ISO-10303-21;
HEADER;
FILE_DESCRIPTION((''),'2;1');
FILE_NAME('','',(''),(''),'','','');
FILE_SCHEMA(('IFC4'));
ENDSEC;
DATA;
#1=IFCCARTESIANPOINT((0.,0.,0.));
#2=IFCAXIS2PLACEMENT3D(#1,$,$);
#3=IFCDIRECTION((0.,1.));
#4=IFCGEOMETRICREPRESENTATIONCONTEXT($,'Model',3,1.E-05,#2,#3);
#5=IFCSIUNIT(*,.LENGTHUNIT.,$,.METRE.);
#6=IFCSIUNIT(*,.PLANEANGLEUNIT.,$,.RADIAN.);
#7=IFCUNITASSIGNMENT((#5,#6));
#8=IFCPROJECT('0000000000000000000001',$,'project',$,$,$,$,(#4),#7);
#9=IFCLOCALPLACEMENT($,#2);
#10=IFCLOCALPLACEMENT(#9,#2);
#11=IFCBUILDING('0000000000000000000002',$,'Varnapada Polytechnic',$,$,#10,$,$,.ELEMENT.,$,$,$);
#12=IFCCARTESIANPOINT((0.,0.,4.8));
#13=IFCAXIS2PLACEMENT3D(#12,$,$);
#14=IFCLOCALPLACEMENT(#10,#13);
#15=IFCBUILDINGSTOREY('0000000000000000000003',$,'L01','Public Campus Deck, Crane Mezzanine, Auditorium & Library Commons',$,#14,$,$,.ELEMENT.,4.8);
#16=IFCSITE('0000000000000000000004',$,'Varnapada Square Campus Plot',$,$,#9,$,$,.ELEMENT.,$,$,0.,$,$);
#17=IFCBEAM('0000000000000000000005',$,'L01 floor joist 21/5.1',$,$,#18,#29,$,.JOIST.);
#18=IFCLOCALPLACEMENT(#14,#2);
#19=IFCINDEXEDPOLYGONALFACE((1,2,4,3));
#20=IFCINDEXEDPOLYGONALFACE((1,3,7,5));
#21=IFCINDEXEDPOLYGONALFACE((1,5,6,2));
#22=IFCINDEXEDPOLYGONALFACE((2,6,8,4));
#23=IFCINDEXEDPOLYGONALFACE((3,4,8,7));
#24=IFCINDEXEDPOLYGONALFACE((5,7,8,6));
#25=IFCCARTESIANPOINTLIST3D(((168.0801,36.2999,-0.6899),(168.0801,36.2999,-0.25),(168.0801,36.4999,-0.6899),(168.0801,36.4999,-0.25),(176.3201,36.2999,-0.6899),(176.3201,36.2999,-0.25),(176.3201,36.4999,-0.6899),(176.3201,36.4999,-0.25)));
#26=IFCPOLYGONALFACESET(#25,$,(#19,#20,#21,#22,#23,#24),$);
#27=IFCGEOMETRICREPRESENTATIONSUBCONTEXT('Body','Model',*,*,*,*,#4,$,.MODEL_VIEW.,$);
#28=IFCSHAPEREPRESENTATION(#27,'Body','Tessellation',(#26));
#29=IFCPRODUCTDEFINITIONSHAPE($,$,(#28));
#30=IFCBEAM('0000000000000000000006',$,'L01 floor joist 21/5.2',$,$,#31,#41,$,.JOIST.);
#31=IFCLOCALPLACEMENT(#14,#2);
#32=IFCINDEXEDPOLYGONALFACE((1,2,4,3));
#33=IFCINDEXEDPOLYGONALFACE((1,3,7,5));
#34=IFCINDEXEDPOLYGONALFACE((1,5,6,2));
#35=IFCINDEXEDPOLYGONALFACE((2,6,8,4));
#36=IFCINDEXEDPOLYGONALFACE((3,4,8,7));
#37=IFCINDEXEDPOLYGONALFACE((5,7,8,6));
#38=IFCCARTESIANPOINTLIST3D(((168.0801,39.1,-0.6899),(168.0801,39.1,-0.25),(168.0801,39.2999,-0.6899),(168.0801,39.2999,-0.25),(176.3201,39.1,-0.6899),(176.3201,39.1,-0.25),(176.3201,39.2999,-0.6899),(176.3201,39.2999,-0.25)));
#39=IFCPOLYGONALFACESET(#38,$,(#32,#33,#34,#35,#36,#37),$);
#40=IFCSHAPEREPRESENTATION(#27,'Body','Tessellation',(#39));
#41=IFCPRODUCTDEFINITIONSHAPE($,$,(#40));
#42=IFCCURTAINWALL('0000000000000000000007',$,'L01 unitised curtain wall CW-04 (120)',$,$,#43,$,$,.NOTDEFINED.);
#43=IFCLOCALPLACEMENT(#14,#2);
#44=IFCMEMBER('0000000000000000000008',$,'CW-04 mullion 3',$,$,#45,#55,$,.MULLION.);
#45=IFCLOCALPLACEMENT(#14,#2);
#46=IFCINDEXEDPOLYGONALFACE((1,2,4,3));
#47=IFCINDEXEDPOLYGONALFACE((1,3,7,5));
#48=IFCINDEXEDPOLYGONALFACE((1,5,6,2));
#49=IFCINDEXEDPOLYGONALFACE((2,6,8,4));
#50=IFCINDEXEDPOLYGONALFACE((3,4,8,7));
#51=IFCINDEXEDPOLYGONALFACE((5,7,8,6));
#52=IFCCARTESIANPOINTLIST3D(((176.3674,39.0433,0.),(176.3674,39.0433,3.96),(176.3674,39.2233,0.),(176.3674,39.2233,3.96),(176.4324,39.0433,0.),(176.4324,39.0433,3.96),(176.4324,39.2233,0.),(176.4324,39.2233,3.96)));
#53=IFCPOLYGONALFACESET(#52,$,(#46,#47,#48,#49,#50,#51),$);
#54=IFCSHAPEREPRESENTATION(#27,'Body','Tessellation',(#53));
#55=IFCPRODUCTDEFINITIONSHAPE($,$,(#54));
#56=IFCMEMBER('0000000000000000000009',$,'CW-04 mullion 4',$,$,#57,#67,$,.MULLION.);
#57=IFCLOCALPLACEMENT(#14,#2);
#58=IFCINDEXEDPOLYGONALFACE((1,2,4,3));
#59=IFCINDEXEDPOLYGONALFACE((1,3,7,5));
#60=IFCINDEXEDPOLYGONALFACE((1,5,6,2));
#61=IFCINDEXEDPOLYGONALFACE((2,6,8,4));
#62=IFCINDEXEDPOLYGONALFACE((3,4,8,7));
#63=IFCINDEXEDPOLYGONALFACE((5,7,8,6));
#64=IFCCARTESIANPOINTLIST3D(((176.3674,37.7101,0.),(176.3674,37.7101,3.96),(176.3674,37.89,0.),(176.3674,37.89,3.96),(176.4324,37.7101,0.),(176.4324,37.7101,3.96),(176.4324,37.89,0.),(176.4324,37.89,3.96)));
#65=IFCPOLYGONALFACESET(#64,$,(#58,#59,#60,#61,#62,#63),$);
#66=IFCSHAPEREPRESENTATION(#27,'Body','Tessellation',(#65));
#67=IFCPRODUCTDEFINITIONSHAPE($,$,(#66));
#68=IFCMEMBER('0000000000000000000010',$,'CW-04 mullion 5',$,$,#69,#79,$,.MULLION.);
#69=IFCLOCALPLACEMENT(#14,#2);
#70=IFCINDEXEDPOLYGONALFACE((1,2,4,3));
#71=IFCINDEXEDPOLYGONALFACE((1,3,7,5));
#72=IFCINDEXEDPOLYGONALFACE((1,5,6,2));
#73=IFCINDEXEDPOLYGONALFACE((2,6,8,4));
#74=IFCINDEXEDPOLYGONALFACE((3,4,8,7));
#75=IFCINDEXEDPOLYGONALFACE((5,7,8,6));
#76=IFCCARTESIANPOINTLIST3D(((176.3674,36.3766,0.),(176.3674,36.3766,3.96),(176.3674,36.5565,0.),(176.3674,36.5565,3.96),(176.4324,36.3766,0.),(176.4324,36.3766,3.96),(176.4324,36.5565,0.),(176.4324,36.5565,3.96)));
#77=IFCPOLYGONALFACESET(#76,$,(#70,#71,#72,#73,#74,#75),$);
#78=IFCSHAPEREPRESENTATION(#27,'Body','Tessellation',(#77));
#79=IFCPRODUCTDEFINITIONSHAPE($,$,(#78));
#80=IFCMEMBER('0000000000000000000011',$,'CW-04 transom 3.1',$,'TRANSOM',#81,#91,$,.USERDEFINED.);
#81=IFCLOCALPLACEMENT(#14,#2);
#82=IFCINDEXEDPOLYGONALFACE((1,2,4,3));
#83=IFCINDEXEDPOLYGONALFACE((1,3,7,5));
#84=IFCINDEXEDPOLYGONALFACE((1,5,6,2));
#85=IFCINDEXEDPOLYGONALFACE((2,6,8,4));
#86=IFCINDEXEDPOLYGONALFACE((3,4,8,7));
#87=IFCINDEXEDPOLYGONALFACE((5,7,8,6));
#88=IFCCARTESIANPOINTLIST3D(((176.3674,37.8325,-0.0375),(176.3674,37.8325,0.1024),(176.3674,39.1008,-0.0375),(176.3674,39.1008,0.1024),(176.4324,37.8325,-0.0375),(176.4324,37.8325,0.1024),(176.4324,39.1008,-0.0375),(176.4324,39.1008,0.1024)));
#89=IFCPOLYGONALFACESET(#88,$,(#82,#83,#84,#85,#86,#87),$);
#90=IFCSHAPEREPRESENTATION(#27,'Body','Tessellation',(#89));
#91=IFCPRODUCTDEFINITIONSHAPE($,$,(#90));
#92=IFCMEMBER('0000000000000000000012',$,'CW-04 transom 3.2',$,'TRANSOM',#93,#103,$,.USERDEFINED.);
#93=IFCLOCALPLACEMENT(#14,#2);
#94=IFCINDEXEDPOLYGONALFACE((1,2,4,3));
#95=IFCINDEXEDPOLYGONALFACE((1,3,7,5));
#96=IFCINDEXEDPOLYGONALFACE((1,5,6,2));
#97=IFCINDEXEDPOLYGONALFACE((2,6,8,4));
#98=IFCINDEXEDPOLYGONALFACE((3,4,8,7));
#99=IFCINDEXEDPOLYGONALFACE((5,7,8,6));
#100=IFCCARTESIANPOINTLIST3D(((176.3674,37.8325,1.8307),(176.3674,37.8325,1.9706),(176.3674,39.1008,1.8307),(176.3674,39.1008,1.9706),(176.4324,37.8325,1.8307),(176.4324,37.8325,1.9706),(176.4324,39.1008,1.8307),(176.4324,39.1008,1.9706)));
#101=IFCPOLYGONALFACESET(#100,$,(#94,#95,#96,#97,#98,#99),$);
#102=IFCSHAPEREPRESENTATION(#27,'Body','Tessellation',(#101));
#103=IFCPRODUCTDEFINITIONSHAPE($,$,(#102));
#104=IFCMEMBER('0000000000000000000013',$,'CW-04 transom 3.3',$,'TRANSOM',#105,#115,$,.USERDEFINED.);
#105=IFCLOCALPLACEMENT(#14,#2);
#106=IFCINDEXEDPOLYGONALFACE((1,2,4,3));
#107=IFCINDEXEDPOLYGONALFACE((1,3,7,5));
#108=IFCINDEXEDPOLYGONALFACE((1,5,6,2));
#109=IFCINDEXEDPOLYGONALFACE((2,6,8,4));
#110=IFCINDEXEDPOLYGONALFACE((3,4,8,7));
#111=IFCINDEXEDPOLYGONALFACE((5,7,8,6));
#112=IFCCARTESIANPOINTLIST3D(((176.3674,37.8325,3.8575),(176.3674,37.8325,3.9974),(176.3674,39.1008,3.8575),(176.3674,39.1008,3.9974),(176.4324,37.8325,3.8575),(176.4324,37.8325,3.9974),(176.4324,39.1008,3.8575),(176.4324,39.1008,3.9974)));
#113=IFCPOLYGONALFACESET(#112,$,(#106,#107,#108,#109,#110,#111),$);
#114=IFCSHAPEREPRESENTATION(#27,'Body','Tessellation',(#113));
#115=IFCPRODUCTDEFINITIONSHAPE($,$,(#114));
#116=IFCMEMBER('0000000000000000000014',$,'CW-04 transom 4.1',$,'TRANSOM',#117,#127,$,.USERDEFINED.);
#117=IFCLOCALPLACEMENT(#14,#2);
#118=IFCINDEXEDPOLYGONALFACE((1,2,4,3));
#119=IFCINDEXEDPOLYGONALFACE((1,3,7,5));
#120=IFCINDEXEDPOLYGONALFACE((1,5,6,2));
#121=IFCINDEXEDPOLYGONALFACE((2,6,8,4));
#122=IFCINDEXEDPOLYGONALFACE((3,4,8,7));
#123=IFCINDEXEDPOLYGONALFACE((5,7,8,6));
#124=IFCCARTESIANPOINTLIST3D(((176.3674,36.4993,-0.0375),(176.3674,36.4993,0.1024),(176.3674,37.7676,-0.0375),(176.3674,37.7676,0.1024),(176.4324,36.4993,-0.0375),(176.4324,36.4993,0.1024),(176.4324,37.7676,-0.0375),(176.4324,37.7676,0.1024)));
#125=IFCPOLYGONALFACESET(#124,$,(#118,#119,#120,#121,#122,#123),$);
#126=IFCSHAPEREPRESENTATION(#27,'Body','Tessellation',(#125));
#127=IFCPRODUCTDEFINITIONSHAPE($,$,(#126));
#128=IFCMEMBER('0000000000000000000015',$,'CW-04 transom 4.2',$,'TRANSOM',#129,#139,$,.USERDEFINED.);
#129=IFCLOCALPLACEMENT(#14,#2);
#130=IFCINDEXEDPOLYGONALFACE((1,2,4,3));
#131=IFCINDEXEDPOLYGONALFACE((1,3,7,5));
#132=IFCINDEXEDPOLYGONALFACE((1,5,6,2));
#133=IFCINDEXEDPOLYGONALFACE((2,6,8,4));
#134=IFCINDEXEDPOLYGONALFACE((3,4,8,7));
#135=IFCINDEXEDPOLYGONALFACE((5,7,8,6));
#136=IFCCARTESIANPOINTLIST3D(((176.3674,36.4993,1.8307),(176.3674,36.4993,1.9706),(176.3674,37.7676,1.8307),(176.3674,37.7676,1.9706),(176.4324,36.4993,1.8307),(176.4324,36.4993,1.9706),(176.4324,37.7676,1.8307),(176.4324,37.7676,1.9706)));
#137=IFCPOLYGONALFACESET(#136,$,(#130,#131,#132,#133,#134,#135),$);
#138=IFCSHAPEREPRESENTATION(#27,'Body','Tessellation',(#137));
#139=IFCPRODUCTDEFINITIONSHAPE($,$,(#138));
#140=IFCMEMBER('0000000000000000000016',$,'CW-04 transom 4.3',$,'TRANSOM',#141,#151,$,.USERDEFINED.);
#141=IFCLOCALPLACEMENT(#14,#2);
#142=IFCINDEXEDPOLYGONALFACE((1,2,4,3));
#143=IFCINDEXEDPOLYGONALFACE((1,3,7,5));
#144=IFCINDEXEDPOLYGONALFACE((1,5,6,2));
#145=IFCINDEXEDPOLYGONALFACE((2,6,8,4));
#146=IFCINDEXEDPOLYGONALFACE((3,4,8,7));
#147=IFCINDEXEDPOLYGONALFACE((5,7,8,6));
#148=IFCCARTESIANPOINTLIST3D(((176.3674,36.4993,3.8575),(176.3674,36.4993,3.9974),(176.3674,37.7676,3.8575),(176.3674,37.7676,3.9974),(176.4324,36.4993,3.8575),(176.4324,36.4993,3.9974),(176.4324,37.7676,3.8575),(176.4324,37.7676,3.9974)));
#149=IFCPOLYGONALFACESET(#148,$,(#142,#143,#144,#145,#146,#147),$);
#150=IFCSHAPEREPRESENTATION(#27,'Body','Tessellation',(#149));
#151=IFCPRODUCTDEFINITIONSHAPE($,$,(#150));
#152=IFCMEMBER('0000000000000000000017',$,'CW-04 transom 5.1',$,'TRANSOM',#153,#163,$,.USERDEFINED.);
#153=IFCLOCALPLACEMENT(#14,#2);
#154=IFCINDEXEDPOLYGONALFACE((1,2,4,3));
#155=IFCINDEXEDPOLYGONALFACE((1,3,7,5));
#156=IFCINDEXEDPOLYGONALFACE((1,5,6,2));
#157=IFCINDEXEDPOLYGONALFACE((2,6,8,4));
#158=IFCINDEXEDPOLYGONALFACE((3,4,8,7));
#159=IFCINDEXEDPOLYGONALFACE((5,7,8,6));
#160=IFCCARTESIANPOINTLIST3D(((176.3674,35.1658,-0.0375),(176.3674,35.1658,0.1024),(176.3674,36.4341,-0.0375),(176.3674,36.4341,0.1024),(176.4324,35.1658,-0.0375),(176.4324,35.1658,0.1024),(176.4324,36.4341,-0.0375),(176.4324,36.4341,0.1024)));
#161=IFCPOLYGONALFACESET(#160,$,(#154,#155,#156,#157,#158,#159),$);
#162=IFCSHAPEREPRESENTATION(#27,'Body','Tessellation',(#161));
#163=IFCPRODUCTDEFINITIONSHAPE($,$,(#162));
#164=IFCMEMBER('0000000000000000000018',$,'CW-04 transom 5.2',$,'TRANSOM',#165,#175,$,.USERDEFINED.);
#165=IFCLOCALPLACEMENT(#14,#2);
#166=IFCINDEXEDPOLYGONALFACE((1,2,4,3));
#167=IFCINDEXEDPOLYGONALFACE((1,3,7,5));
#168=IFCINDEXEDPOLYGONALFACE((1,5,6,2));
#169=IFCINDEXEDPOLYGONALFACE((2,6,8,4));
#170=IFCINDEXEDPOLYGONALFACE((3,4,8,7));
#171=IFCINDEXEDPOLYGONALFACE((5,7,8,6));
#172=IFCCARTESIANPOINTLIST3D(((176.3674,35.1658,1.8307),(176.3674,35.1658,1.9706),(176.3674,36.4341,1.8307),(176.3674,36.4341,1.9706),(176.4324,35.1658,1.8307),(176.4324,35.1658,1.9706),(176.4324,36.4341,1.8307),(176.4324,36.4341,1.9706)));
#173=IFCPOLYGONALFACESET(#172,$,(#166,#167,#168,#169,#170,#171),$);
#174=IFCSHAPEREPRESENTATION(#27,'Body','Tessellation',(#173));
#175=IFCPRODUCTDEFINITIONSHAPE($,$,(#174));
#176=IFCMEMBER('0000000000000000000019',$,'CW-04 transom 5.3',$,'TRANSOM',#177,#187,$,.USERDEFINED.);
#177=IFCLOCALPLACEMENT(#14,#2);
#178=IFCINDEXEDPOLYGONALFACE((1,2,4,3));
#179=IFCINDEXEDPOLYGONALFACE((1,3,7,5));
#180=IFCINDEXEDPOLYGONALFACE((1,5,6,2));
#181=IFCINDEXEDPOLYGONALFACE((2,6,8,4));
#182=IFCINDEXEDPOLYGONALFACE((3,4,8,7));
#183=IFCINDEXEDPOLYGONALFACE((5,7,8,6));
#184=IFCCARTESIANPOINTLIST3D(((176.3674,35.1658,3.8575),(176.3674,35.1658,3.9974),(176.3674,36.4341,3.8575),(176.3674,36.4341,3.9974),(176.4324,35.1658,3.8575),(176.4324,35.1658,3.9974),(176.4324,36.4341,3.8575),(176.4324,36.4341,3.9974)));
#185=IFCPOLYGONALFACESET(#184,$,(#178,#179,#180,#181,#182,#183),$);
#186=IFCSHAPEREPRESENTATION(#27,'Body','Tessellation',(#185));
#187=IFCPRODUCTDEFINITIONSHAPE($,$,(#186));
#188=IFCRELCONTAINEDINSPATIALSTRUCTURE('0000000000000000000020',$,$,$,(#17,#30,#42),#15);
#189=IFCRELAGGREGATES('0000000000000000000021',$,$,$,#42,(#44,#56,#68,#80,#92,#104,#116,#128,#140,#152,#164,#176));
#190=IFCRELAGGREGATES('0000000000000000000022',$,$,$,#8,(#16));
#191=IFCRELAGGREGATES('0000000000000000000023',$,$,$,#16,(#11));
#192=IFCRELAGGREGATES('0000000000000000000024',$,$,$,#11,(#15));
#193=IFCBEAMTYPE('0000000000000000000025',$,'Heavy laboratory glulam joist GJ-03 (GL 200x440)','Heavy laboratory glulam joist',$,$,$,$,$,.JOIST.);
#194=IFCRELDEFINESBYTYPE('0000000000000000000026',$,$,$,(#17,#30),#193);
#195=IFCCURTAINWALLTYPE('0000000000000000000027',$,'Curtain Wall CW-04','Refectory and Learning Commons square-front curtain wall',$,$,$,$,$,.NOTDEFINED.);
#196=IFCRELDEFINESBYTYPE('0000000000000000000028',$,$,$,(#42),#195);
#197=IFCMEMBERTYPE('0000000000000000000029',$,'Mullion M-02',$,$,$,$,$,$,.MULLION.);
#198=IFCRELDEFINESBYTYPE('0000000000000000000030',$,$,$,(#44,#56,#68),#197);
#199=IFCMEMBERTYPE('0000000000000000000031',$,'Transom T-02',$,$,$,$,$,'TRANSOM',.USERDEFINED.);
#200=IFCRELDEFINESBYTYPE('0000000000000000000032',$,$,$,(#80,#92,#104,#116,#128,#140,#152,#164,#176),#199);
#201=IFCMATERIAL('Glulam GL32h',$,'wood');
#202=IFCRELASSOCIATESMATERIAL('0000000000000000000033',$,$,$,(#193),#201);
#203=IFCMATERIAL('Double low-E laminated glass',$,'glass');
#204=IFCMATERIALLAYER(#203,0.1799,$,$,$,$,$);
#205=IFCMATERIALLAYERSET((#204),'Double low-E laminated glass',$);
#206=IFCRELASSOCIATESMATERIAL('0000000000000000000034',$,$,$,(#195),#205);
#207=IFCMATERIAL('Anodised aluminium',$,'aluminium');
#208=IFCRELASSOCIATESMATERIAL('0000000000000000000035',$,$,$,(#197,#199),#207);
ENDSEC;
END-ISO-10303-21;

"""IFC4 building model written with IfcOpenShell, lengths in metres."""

from ifc_helpers import new_model, si_unit, direction, frame, origin, origin_2d, place, context, subcontext, project, spatial, rectangle, extrude, material, layer, layer_set, material_profile, profile_set, type_object, element, aggregate, save


model = new_model("IFC4")

# Units and contexts
model_context = context("Model", 3, precision=1e-05, world=origin(), true_north=direction((0.0, 1.0)))
body_context = subcontext(model_context, "Body", "Model", "MODEL_VIEW")
ifc_project = project(units=[si_unit("LENGTHUNIT", "METRE"), si_unit("PLANEANGLEUNIT", "RADIAN")], contexts=[model_context])

# Site, building, storey
site_placement = place(None, origin())
site = spatial("IfcSite", under=ifc_project, at=site_placement, Name="Varnapada Square Campus Plot", CompositionType="ELEMENT", RefElevation=0.0)
building_placement = place(site_placement, origin())
building = spatial("IfcBuilding", under=site, at=building_placement, Name="Varnapada Polytechnic", CompositionType="ELEMENT")
storey_placement = place(building_placement, frame((0.0, 0.0, 4.8)))
storey = spatial("IfcBuildingStorey", under=building, at=storey_placement, Name="L01", Description="Public Campus Deck, Crane Mezzanine, Auditorium & Library Commons", CompositionType="ELEMENT", Elevation=4.8)

# Beams
ifc_material_1 = material(Name="Glulam GL32h", Category="wood")
ifc_material_profile_1 = material_profile(ifc_material_1, rectangle(XDim=0.2, YDim=0.4399, at=origin_2d()), Name="GL 200x440")
ifc_profile_set_1 = profile_set([ifc_material_profile_1], Name="Glulam GL32h")
beam_type = type_object("IfcBeamType", Name="Heavy laboratory glulam joist GJ-03 (GL 200x440)", Description="Heavy laboratory glulam joist", PredefinedType="JOIST", material=ifc_profile_set_1)
for number, where, z_axis, x_axis, name in (
    (1, (168.0801, 36.3999, -0.47), (1.0, 0.0, 0.0), (0.0, 1.0, 0.0), "L01 floor joist 21/5.1"),
    (2, (168.0801, 39.2, -0.47), (1.0, 0.0, 0.0), (0.0, 1.0, 0.0), "L01 floor joist 21/5.2"),
):
    element("IfcBeam", number, at=place(storey_placement, frame(where, z_axis=z_axis, x_axis=x_axis)), inside=storey, type_object=beam_type, Name=name, PredefinedType="JOIST", context=body_context, shape_type="SweptSolid", body=[
        extrude(rectangle(XDim=0.2, YDim=0.4399, at=origin_2d()), origin(), (0.0, 0.0, 1.0), 8.24),
    ])

# Curtain wall, members
ifc_material_2 = material(Name="Double low-E laminated glass", Category="glass")
ifc_layer_1 = layer(ifc_material_2, 0.1799)
ifc_layer_set_1 = layer_set([ifc_layer_1], Name="Double low-E laminated glass")
curtain_wall_type = type_object("IfcCurtainWallType", Name="Curtain Wall CW-04", Description="Refectory and Learning Commons square-front curtain wall", PredefinedType="NOTDEFINED", material=ifc_layer_set_1)
curtain_wall_placement = place(storey_placement, origin())
curtain_wall = element("IfcCurtainWall", 3, at=curtain_wall_placement, inside=storey, type_object=curtain_wall_type, Name="L01 unitised curtain wall CW-04 (120)", PredefinedType="NOTDEFINED")
ifc_material_3 = material(Name="Anodised aluminium", Category="aluminium")
ifc_material_profile_2 = material_profile(ifc_material_3, rectangle(XDim=0.0649, YDim=0.1799, at=origin_2d()), Name="ALU M65x180")
ifc_profile_set_2 = profile_set([ifc_material_profile_2], Name="Anodised aluminium")
member_type_1 = type_object("IfcMemberType", Name="Mullion M-02", PredefinedType="MULLION", material=ifc_profile_set_2)
member_1_placement = place(storey_placement, frame((176.3999, 39.1333, 0.0), z_axis=(0.0, 0.0, 1.0), x_axis=(1.0, 0.0, 0.0)))
member_1 = element("IfcMember", 4, at=member_1_placement, type_object=member_type_1, Name="CW-04 mullion 3", PredefinedType="MULLION", context=body_context, shape_type="SweptSolid", body=[
    extrude(rectangle(XDim=0.0649, YDim=0.1799, at=origin_2d()), origin(), (0.0, 0.0, 1.0), 3.96),
])
member_2_placement = place(storey_placement, frame((176.3999, 37.8, 0.0), z_axis=(0.0, 0.0, 1.0), x_axis=(1.0, 0.0, 0.0)))
member_2 = element("IfcMember", 5, at=member_2_placement, type_object=member_type_1, Name="CW-04 mullion 4", PredefinedType="MULLION", context=body_context, shape_type="SweptSolid", body=[
    extrude(rectangle(XDim=0.0649, YDim=0.1799, at=origin_2d()), origin(), (0.0, 0.0, 1.0), 3.96),
])
member_3_placement = place(storey_placement, frame((176.3999, 36.4666, 0.0), z_axis=(0.0, 0.0, 1.0), x_axis=(1.0, 0.0, 0.0)))
member_3 = element("IfcMember", 6, at=member_3_placement, type_object=member_type_1, Name="CW-04 mullion 5", PredefinedType="MULLION", context=body_context, shape_type="SweptSolid", body=[
    extrude(rectangle(XDim=0.0649, YDim=0.1799, at=origin_2d()), origin(), (0.0, 0.0, 1.0), 3.96),
])
ifc_material_profile_3 = material_profile(ifc_material_3, rectangle(XDim=0.0649, YDim=0.1399, at=origin_2d()), Name="ALU T65x140")
ifc_profile_set_3 = profile_set([ifc_material_profile_3], Name="Anodised aluminium")
member_type_2 = type_object("IfcMemberType", Name="Transom T-02", ElementType="TRANSOM", PredefinedType="USERDEFINED", material=ifc_profile_set_3)
member_4_placement = place(storey_placement, frame((176.3999, 39.1008, 0.0325), z_axis=(0.0, -1.0, 0.0), x_axis=(1.0, 0.0, 0.0)))
member_4 = element("IfcMember", 7, at=member_4_placement, type_object=member_type_2, Name="CW-04 transom 3.1", ObjectType="TRANSOM", PredefinedType="USERDEFINED", context=body_context, shape_type="SweptSolid", body=[
    extrude(rectangle(XDim=0.0649, YDim=0.1399, at=origin_2d()), origin(), (0.0, 0.0, 1.0), 1.2683),
])
member_5_placement = place(storey_placement, frame((176.3999, 39.1008, 1.9006), z_axis=(0.0, -1.0, 0.0), x_axis=(1.0, 0.0, 0.0)))
member_5 = element("IfcMember", 8, at=member_5_placement, type_object=member_type_2, Name="CW-04 transom 3.2", ObjectType="TRANSOM", PredefinedType="USERDEFINED", context=body_context, shape_type="SweptSolid", body=[
    extrude(rectangle(XDim=0.0649, YDim=0.1399, at=origin_2d()), origin(), (0.0, 0.0, 1.0), 1.2683),
])
member_6_placement = place(storey_placement, frame((176.3999, 39.1008, 3.9275), z_axis=(0.0, -1.0, 0.0), x_axis=(1.0, 0.0, 0.0)))
member_6 = element("IfcMember", 9, at=member_6_placement, type_object=member_type_2, Name="CW-04 transom 3.3", ObjectType="TRANSOM", PredefinedType="USERDEFINED", context=body_context, shape_type="SweptSolid", body=[
    extrude(rectangle(XDim=0.0649, YDim=0.1399, at=origin_2d()), origin(), (0.0, 0.0, 1.0), 1.2683),
])
member_7_placement = place(storey_placement, frame((176.3999, 37.7676, 0.0325), z_axis=(0.0, -1.0, 0.0), x_axis=(1.0, 0.0, 0.0)))
member_7 = element("IfcMember", 10, at=member_7_placement, type_object=member_type_2, Name="CW-04 transom 4.1", ObjectType="TRANSOM", PredefinedType="USERDEFINED", context=body_context, shape_type="SweptSolid", body=[
    extrude(rectangle(XDim=0.0649, YDim=0.1399, at=origin_2d()), origin(), (0.0, 0.0, 1.0), 1.2683),
])
member_8_placement = place(storey_placement, frame((176.3999, 37.7676, 1.9006), z_axis=(0.0, -1.0, 0.0), x_axis=(1.0, 0.0, 0.0)))
member_8 = element("IfcMember", 11, at=member_8_placement, type_object=member_type_2, Name="CW-04 transom 4.2", ObjectType="TRANSOM", PredefinedType="USERDEFINED", context=body_context, shape_type="SweptSolid", body=[
    extrude(rectangle(XDim=0.0649, YDim=0.1399, at=origin_2d()), origin(), (0.0, 0.0, 1.0), 1.2683),
])
member_9_placement = place(storey_placement, frame((176.3999, 37.7676, 3.9275), z_axis=(0.0, -1.0, 0.0), x_axis=(1.0, 0.0, 0.0)))
member_9 = element("IfcMember", 12, at=member_9_placement, type_object=member_type_2, Name="CW-04 transom 4.3", ObjectType="TRANSOM", PredefinedType="USERDEFINED", context=body_context, shape_type="SweptSolid", body=[
    extrude(rectangle(XDim=0.0649, YDim=0.1399, at=origin_2d()), origin(), (0.0, 0.0, 1.0), 1.2683),
])
member_10_placement = place(storey_placement, frame((176.3999, 36.4341, 0.0325), z_axis=(0.0, -1.0, 0.0), x_axis=(1.0, 0.0, 0.0)))
member_10 = element("IfcMember", 13, at=member_10_placement, type_object=member_type_2, Name="CW-04 transom 5.1", ObjectType="TRANSOM", PredefinedType="USERDEFINED", context=body_context, shape_type="SweptSolid", body=[
    extrude(rectangle(XDim=0.0649, YDim=0.1399, at=origin_2d()), origin(), (0.0, 0.0, 1.0), 1.2683),
])
member_11_placement = place(storey_placement, frame((176.3999, 36.4341, 1.9006), z_axis=(0.0, -1.0, 0.0), x_axis=(1.0, 0.0, 0.0)))
member_11 = element("IfcMember", 14, at=member_11_placement, type_object=member_type_2, Name="CW-04 transom 5.2", ObjectType="TRANSOM", PredefinedType="USERDEFINED", context=body_context, shape_type="SweptSolid", body=[
    extrude(rectangle(XDim=0.0649, YDim=0.1399, at=origin_2d()), origin(), (0.0, 0.0, 1.0), 1.2683),
])
member_12_placement = place(storey_placement, frame((176.3999, 36.4341, 3.9275), z_axis=(0.0, -1.0, 0.0), x_axis=(1.0, 0.0, 0.0)))
member_12 = element("IfcMember", 15, at=member_12_placement, type_object=member_type_2, Name="CW-04 transom 5.3", ObjectType="TRANSOM", PredefinedType="USERDEFINED", context=body_context, shape_type="SweptSolid", body=[
    extrude(rectangle(XDim=0.0649, YDim=0.1399, at=origin_2d()), origin(), (0.0, 0.0, 1.0), 1.2683),
])
aggregate(curtain_wall, [member_1, member_2, member_3, member_4, member_5, member_6, member_7, member_8, member_9, member_10, member_11, member_12])

save(model, "model.ifc")
